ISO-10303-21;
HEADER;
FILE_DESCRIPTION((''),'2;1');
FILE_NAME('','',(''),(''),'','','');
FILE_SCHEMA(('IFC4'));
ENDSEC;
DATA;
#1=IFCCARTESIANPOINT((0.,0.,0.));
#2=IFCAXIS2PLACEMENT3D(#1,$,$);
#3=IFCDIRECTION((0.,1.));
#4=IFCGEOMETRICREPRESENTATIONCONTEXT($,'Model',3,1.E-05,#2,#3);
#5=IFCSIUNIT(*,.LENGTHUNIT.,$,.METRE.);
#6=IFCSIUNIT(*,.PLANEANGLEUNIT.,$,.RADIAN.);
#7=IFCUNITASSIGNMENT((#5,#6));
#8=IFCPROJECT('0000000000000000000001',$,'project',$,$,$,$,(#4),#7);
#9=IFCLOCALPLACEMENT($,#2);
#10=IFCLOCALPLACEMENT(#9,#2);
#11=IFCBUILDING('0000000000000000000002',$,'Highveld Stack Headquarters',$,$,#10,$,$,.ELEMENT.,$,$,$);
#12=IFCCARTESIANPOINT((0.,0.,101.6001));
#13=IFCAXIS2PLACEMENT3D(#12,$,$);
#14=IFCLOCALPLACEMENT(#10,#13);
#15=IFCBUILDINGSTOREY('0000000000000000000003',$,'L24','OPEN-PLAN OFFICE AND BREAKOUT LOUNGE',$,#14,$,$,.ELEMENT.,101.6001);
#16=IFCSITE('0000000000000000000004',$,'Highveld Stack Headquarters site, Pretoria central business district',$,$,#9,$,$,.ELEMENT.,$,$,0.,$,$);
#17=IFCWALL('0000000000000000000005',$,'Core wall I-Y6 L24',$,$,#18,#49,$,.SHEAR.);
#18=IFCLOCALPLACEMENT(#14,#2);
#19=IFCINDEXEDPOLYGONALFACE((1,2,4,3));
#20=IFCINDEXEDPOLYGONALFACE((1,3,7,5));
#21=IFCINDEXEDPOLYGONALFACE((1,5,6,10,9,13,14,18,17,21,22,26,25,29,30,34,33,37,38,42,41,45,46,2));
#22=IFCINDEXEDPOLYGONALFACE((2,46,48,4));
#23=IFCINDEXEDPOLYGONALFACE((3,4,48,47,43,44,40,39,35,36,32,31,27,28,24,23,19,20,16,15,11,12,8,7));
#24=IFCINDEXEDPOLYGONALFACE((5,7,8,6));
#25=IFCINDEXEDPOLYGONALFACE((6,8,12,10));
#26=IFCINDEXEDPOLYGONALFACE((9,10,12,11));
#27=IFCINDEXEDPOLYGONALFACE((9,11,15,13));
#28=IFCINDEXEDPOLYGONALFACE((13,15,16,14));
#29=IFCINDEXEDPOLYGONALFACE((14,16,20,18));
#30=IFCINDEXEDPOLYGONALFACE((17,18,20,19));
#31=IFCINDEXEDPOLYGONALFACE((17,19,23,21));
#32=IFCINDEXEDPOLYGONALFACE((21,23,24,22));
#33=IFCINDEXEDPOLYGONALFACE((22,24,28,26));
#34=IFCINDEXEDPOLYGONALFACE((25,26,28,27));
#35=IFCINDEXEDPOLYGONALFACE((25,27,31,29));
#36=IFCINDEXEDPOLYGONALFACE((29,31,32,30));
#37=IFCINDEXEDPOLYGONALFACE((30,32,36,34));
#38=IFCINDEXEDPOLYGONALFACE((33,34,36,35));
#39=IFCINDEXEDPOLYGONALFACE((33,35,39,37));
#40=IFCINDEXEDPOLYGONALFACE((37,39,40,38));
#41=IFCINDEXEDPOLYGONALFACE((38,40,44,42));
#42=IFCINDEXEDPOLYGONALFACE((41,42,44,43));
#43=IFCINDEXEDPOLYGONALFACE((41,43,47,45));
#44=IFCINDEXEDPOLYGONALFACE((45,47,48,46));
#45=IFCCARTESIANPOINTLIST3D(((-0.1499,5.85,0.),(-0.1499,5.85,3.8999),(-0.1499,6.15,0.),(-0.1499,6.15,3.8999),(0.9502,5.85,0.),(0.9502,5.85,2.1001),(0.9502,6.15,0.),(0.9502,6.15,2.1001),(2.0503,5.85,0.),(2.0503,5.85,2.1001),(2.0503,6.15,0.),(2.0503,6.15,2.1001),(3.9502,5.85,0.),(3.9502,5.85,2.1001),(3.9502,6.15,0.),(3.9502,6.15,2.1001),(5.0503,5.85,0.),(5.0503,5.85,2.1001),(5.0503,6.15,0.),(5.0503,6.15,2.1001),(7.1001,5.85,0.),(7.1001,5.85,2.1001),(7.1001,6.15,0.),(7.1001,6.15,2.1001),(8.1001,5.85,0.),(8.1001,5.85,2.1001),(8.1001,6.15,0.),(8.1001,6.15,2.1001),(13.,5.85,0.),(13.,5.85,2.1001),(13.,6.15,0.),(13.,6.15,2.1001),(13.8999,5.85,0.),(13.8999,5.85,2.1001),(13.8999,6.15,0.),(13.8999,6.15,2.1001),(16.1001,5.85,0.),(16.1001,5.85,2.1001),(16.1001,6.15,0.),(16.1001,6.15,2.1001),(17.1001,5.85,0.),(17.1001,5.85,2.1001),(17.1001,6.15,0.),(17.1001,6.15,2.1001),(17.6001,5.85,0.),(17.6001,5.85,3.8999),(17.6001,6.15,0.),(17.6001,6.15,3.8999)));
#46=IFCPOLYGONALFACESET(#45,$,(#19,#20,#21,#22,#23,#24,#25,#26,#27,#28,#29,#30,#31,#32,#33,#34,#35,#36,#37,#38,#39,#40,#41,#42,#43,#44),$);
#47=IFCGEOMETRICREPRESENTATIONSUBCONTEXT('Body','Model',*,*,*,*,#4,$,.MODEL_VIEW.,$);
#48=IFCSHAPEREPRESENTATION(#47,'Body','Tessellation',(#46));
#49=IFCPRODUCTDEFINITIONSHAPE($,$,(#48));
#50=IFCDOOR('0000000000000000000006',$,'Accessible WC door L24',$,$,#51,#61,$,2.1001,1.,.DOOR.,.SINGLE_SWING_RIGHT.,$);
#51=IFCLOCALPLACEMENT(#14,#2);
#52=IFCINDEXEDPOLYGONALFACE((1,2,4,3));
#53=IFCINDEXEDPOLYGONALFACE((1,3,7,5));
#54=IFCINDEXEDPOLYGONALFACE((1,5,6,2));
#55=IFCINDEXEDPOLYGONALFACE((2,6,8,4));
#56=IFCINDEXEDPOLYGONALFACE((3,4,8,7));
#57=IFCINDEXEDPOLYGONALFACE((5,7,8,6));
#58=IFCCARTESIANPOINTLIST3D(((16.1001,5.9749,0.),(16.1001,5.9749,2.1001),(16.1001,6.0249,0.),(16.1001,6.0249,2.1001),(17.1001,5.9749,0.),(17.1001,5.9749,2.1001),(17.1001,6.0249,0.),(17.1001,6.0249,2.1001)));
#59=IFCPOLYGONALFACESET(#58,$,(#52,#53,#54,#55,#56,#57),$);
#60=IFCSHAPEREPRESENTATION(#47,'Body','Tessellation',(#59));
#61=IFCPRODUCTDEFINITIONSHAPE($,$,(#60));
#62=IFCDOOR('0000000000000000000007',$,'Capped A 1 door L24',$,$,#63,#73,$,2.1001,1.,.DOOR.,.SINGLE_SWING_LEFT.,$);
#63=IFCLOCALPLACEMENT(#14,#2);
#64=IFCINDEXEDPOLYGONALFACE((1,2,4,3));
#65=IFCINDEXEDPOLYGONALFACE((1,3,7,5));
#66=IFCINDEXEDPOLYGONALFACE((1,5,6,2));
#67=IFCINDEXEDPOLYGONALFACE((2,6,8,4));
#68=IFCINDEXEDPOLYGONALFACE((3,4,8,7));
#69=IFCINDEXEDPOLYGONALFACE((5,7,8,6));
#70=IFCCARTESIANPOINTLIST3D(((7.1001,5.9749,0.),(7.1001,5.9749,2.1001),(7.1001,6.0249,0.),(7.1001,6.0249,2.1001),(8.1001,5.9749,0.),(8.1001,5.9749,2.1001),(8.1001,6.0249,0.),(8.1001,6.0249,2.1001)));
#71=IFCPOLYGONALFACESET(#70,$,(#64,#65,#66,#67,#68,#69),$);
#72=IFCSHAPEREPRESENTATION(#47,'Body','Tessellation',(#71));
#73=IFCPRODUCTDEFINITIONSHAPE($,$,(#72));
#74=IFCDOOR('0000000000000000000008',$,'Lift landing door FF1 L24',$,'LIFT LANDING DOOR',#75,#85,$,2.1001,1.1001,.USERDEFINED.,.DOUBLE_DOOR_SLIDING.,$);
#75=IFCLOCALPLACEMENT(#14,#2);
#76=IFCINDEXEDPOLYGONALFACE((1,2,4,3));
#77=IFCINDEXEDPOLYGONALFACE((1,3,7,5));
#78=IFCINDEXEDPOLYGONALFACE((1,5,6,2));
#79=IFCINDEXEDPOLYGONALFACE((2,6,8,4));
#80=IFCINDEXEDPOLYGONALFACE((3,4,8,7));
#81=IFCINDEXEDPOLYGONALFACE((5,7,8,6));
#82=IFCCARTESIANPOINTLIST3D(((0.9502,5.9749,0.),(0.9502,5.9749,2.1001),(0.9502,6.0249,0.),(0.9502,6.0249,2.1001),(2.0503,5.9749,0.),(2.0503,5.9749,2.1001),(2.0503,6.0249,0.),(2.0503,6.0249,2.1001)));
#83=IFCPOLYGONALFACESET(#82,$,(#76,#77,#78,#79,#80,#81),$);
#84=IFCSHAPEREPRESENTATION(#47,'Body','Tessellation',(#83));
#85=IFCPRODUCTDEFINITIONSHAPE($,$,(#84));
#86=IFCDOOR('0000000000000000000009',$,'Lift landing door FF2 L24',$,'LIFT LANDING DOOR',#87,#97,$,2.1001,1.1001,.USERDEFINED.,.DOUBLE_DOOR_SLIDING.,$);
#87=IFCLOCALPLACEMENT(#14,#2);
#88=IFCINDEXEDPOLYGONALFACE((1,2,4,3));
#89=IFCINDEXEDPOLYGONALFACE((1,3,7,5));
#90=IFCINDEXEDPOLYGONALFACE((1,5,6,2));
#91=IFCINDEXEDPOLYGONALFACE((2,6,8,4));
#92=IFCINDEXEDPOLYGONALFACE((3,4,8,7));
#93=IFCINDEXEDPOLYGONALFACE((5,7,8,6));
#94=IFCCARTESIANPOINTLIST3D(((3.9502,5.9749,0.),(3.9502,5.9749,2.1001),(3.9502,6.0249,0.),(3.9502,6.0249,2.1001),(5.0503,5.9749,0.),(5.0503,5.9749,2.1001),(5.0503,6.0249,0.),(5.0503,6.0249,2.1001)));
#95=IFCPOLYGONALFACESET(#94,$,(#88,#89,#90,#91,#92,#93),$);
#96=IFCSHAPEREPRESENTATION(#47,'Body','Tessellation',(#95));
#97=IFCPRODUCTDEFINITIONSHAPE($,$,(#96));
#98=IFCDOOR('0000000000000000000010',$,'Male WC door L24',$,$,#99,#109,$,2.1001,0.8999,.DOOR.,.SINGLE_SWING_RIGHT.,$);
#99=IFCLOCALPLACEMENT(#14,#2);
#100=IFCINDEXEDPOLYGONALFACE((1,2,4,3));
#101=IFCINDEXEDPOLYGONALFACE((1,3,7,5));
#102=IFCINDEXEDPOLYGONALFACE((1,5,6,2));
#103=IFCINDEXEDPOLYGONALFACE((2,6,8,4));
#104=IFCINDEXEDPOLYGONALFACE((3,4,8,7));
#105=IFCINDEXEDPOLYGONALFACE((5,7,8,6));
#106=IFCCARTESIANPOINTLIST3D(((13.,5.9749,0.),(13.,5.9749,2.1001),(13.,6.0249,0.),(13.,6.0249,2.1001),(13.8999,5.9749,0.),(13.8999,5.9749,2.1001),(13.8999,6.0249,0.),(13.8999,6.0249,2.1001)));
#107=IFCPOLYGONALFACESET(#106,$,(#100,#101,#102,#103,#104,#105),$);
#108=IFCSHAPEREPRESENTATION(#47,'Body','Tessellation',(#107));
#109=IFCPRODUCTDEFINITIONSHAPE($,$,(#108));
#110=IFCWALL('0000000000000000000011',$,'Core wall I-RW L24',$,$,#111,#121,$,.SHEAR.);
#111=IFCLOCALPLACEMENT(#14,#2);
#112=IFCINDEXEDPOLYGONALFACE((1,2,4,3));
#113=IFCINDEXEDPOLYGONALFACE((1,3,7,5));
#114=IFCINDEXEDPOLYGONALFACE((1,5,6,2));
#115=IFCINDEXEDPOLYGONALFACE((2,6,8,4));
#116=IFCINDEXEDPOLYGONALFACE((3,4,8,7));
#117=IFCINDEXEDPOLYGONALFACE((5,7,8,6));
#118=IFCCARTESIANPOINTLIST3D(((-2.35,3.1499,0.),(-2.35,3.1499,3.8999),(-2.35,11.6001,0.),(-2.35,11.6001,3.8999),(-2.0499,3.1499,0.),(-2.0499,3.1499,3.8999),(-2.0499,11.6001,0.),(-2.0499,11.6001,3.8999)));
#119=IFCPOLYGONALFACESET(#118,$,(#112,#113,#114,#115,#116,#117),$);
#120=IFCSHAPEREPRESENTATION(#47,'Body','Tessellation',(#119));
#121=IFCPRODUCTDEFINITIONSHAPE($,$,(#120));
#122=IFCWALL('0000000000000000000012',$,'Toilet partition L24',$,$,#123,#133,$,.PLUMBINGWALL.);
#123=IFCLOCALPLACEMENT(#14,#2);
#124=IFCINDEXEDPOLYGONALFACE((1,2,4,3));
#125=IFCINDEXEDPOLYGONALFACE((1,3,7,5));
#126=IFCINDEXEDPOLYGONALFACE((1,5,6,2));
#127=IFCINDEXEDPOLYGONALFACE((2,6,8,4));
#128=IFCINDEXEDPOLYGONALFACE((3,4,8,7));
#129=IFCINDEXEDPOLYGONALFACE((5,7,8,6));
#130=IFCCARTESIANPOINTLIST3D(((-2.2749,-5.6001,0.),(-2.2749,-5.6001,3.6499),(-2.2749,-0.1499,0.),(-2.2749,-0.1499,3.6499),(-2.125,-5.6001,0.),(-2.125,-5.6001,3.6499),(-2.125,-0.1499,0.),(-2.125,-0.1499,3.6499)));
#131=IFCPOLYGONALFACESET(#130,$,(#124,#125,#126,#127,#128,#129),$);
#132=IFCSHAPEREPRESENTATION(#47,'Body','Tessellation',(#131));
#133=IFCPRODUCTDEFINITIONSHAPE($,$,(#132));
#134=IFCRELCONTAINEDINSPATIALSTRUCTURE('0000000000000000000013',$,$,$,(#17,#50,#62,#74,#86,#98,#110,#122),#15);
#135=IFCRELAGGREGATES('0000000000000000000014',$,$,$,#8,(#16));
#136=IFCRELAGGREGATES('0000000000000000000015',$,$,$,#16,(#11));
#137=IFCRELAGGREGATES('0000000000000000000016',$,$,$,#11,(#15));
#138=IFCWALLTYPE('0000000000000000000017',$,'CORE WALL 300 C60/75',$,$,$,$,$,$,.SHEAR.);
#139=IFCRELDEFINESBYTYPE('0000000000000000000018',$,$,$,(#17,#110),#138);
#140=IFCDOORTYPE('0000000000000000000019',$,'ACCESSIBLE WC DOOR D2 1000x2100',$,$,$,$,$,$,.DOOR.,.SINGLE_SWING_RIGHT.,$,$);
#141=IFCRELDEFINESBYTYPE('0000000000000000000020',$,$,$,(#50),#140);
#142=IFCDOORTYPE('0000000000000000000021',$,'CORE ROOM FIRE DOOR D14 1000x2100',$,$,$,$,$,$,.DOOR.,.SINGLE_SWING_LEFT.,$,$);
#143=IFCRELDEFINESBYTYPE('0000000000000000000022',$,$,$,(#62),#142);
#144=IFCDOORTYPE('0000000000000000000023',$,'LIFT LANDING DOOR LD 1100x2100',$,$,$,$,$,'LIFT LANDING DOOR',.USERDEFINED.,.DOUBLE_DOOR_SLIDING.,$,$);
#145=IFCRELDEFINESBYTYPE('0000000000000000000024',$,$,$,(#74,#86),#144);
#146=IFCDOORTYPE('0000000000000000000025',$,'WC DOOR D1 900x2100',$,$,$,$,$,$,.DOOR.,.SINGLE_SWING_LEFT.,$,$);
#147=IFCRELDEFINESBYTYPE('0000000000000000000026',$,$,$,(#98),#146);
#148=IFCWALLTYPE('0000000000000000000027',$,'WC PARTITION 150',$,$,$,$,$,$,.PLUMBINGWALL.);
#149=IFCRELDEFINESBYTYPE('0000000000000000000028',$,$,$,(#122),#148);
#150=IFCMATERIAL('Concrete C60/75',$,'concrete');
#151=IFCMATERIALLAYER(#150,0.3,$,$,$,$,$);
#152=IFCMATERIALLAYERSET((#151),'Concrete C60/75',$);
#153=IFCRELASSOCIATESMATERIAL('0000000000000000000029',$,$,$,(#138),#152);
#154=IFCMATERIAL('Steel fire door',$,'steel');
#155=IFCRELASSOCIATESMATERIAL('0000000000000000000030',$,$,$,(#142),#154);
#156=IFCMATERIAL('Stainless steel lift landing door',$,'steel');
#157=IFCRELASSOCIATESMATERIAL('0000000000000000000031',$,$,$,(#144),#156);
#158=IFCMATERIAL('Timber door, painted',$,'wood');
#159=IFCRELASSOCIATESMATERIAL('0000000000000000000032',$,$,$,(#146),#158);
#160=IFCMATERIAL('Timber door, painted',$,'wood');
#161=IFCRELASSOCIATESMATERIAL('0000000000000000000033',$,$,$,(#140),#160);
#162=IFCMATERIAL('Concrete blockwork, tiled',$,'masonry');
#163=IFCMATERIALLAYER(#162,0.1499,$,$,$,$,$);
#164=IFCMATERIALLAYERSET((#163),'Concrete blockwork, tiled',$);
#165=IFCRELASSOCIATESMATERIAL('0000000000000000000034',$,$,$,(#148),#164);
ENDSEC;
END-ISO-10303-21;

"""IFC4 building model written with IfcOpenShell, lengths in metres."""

from ifc_helpers import new_model, si_unit, direction, frame, frame_2d, origin, place, context, subcontext, project, spatial, rectangle, extrude, material, layer, layer_set, type_object, element, fill, save


model = new_model("IFC4")

# Units and contexts
model_context = context("Model", 3, precision=1e-05, world=origin(), true_north=direction((0.0, 1.0)))
body_context = subcontext(model_context, "Body", "Model", "MODEL_VIEW")
ifc_project = project(units=[si_unit("LENGTHUNIT", "METRE"), si_unit("PLANEANGLEUNIT", "RADIAN")], contexts=[model_context])

# Site, building, storey
site_placement = place(None, origin())
site = spatial("IfcSite", under=ifc_project, at=site_placement, Name="Highveld Stack Headquarters site, Pretoria central business district", CompositionType="ELEMENT", RefElevation=0.0)
building_placement = place(site_placement, origin())
building = spatial("IfcBuilding", under=site, at=building_placement, Name="Highveld Stack Headquarters", CompositionType="ELEMENT")
storey_placement = place(building_placement, frame((0.0, 0.0, 101.6001)))
storey = spatial("IfcBuildingStorey", under=building, at=storey_placement, Name="L24", Description="OPEN-PLAN OFFICE AND BREAKOUT LOUNGE", CompositionType="ELEMENT", Elevation=101.6001)

# Wall, openings, doors
ifc_material_1 = material(Name="Concrete C60/75", Category="concrete")
ifc_layer_1 = layer(ifc_material_1, 0.3)
ifc_layer_set_1 = layer_set([ifc_layer_1], Name="Concrete C60/75")
wall_type_1 = type_object("IfcWallType", Name="CORE WALL 300 C60/75", PredefinedType="SHEAR", material=ifc_layer_set_1)
ifc_material_2 = material(Name="Steel fire door", Category="steel")
door_type_1 = type_object("IfcDoorType", Name="CORE ROOM FIRE DOOR D14 1000x2100", OperationType="SINGLE_SWING_LEFT", PredefinedType="DOOR", material=ifc_material_2)
ifc_material_3 = material(Name="Stainless steel lift landing door", Category="steel")
door_type_2 = type_object("IfcDoorType", Name="LIFT LANDING DOOR LD 1100x2100", ElementType="LIFT LANDING DOOR", OperationType="DOUBLE_DOOR_SLIDING", PredefinedType="USERDEFINED", material=ifc_material_3)
ifc_material_4 = material(Name="Timber door, painted", Category="wood")
door_type_3 = type_object("IfcDoorType", Name="WC DOOR D1 900x2100", OperationType="SINGLE_SWING_LEFT", PredefinedType="DOOR", material=ifc_material_4)
wall_1_placement = place(storey_placement, frame((-0.1499, 6.0, 0.0), z_axis=(0.0, 0.0, 1.0), x_axis=(1.0, 0.0, 0.0)))
wall_1 = element("IfcWall", 1, at=wall_1_placement, inside=storey, type_object=wall_type_1, Name="Core wall I-Y6 L24", PredefinedType="SHEAR", context=body_context, shape_type="SweptSolid", body=[
    extrude(rectangle(XDim=17.75, YDim=0.3, at=frame_2d((8.875, 0.0))), origin(), (0.0, 0.0, 1.0), 3.8999),
])
opening_1_placement = place(wall_1_placement, frame((13.1499, 0.0, 0.0)))
opening_1 = element("IfcOpeningElement", 2, at=opening_1_placement, cuts=wall_1, PredefinedType="OPENING", context=body_context, shape_type="SweptSolid", body=[
    extrude(rectangle(XDim=0.8999, YDim=2.1001, at=frame_2d((0.45, 1.05))), frame((0.0, 0.1599, 0.0), z_axis=(0.0, -1.0, 0.0), x_axis=(1.0, 0.0, 0.0)), (0.0, 0.0, 1.0), 0.3201),
])
opening_2_placement = place(wall_1_placement, frame((16.25, 0.0, 0.0)))
opening_2 = element("IfcOpeningElement", 3, at=opening_2_placement, cuts=wall_1, PredefinedType="OPENING", context=body_context, shape_type="SweptSolid", body=[
    extrude(rectangle(XDim=1.0, YDim=2.1001, at=frame_2d((0.5, 1.05))), frame((0.0, 0.1599, 0.0), z_axis=(0.0, -1.0, 0.0), x_axis=(1.0, 0.0, 0.0)), (0.0, 0.0, 1.0), 0.3201),
])
opening_3_placement = place(wall_1_placement, frame((7.25, 0.0, 0.0)))
opening_3 = element("IfcOpeningElement", 4, at=opening_3_placement, cuts=wall_1, PredefinedType="OPENING", context=body_context, shape_type="SweptSolid", body=[
    extrude(rectangle(XDim=1.0, YDim=2.1001, at=frame_2d((0.5, 1.05))), frame((0.0, 0.1599, 0.0), z_axis=(0.0, -1.0, 0.0), x_axis=(1.0, 0.0, 0.0)), (0.0, 0.0, 1.0), 0.3201),
])
opening_4_placement = place(wall_1_placement, frame((1.1001, 0.0, 0.0)))
opening_4 = element("IfcOpeningElement", 5, at=opening_4_placement, cuts=wall_1, PredefinedType="OPENING", context=body_context, shape_type="SweptSolid", body=[
    extrude(rectangle(XDim=1.1001, YDim=2.1001, at=frame_2d((0.55, 1.05))), frame((0.0, 0.1599, 0.0), z_axis=(0.0, -1.0, 0.0), x_axis=(1.0, 0.0, 0.0)), (0.0, 0.0, 1.0), 0.3201),
])
opening_5_placement = place(wall_1_placement, frame((4.1001, 0.0, 0.0)))
opening_5 = element("IfcOpeningElement", 6, at=opening_5_placement, cuts=wall_1, PredefinedType="OPENING", context=body_context, shape_type="SweptSolid", body=[
    extrude(rectangle(XDim=1.1001, YDim=2.1001, at=frame_2d((0.55, 1.05))), frame((0.0, 0.1599, 0.0), z_axis=(0.0, -1.0, 0.0), x_axis=(1.0, 0.0, 0.0)), (0.0, 0.0, 1.0), 0.3201),
])
ifc_material_5 = material(Name="Timber door, painted", Category="wood")
door_type_4 = type_object("IfcDoorType", Name="ACCESSIBLE WC DOOR D2 1000x2100", OperationType="SINGLE_SWING_RIGHT", PredefinedType="DOOR", material=ifc_material_5)
door_1_placement = place(opening_2_placement, origin())
door_1 = element("IfcDoor", 7, at=door_1_placement, inside=storey, type_object=door_type_4, Name="Accessible WC door L24", OperationType="SINGLE_SWING_RIGHT", OverallHeight=2.1001, OverallWidth=1.0, PredefinedType="DOOR", context=body_context, shape_type="SweptSolid", body=[
    extrude(rectangle(XDim=1.0, YDim=2.1001, at=frame_2d((0.5, 1.05))), frame((0.0, 0.0249, 0.0), z_axis=(0.0, -1.0, 0.0), x_axis=(1.0, 0.0, 0.0)), (0.0, 0.0, 1.0), 0.05),
])
fill(opening_2, door_1)
door_2_placement = place(opening_3_placement, origin())
door_2 = element("IfcDoor", 8, at=door_2_placement, inside=storey, type_object=door_type_1, Name="Capped A 1 door L24", OperationType="SINGLE_SWING_LEFT", OverallHeight=2.1001, OverallWidth=1.0, PredefinedType="DOOR", context=body_context, shape_type="SweptSolid", body=[
    extrude(rectangle(XDim=1.0, YDim=2.1001, at=frame_2d((0.5, 1.05))), frame((0.0, 0.0249, 0.0), z_axis=(0.0, -1.0, 0.0), x_axis=(1.0, 0.0, 0.0)), (0.0, 0.0, 1.0), 0.05),
])
fill(opening_3, door_2)
door_3_placement = place(opening_4_placement, origin())
door_3 = element("IfcDoor", 9, at=door_3_placement, inside=storey, type_object=door_type_2, Name="Lift landing door FF1 L24", ObjectType="LIFT LANDING DOOR", OperationType="DOUBLE_DOOR_SLIDING", OverallHeight=2.1001, OverallWidth=1.1001, PredefinedType="USERDEFINED", context=body_context, shape_type="SweptSolid", body=[
    extrude(rectangle(XDim=1.1001, YDim=2.1001, at=frame_2d((0.55, 1.05))), frame((0.0, 0.0249, 0.0), z_axis=(0.0, -1.0, 0.0), x_axis=(1.0, 0.0, 0.0)), (0.0, 0.0, 1.0), 0.05),
])
fill(opening_4, door_3)
door_4_placement = place(opening_5_placement, origin())
door_4 = element("IfcDoor", 10, at=door_4_placement, inside=storey, type_object=door_type_2, Name="Lift landing door FF2 L24", ObjectType="LIFT LANDING DOOR", OperationType="DOUBLE_DOOR_SLIDING", OverallHeight=2.1001, OverallWidth=1.1001, PredefinedType="USERDEFINED", context=body_context, shape_type="SweptSolid", body=[
    extrude(rectangle(XDim=1.1001, YDim=2.1001, at=frame_2d((0.55, 1.05))), frame((0.0, 0.0249, 0.0), z_axis=(0.0, -1.0, 0.0), x_axis=(1.0, 0.0, 0.0)), (0.0, 0.0, 1.0), 0.05),
])
fill(opening_5, door_4)
door_5_placement = place(opening_1_placement, origin())
door_5 = element("IfcDoor", 11, at=door_5_placement, inside=storey, type_object=door_type_3, Name="Male WC door L24", OperationType="SINGLE_SWING_RIGHT", OverallHeight=2.1001, OverallWidth=0.8999, PredefinedType="DOOR", context=body_context, shape_type="SweptSolid", body=[
    extrude(rectangle(XDim=0.8999, YDim=2.1001, at=frame_2d((0.45, 1.05))), frame((0.0, 0.0249, 0.0), z_axis=(0.0, -1.0, 0.0), x_axis=(1.0, 0.0, 0.0)), (0.0, 0.0, 1.0), 0.05),
])
fill(opening_1, door_5)

# Walls
wall_2_placement = place(storey_placement, frame((-2.2, 3.1499, 0.0), z_axis=(0.0, 0.0, 1.0), x_axis=(0.0, 1.0, 0.0)))
element("IfcWall", 12, at=wall_2_placement, inside=storey, type_object=wall_type_1, Name="Core wall I-RW L24", PredefinedType="SHEAR", context=body_context, shape_type="SweptSolid", body=[
    extrude(rectangle(XDim=8.4502, YDim=0.3, at=frame_2d((4.2251, 0.0))), origin(), (0.0, 0.0, 1.0), 3.8999),
])
ifc_material_6 = material(Name="Concrete blockwork, tiled", Category="masonry")
ifc_layer_2 = layer(ifc_material_6, 0.1499)
ifc_layer_set_2 = layer_set([ifc_layer_2], Name="Concrete blockwork, tiled")
wall_type_2 = type_object("IfcWallType", Name="WC PARTITION 150", PredefinedType="PLUMBINGWALL", material=ifc_layer_set_2)
wall_3_placement = place(storey_placement, frame((-2.2, -5.6001, 0.0), z_axis=(0.0, 0.0, 1.0), x_axis=(0.0, 1.0, 0.0)))
element("IfcWall", 13, at=wall_3_placement, inside=storey, type_object=wall_type_2, Name="Toilet partition L24", PredefinedType="PLUMBINGWALL", context=body_context, shape_type="SweptSolid", body=[
    extrude(rectangle(XDim=5.4502, YDim=0.1499, at=frame_2d((2.7251, 0.0))), origin(), (0.0, 0.0, 1.0), 3.6499),
])

save(model, "model.ifc")
